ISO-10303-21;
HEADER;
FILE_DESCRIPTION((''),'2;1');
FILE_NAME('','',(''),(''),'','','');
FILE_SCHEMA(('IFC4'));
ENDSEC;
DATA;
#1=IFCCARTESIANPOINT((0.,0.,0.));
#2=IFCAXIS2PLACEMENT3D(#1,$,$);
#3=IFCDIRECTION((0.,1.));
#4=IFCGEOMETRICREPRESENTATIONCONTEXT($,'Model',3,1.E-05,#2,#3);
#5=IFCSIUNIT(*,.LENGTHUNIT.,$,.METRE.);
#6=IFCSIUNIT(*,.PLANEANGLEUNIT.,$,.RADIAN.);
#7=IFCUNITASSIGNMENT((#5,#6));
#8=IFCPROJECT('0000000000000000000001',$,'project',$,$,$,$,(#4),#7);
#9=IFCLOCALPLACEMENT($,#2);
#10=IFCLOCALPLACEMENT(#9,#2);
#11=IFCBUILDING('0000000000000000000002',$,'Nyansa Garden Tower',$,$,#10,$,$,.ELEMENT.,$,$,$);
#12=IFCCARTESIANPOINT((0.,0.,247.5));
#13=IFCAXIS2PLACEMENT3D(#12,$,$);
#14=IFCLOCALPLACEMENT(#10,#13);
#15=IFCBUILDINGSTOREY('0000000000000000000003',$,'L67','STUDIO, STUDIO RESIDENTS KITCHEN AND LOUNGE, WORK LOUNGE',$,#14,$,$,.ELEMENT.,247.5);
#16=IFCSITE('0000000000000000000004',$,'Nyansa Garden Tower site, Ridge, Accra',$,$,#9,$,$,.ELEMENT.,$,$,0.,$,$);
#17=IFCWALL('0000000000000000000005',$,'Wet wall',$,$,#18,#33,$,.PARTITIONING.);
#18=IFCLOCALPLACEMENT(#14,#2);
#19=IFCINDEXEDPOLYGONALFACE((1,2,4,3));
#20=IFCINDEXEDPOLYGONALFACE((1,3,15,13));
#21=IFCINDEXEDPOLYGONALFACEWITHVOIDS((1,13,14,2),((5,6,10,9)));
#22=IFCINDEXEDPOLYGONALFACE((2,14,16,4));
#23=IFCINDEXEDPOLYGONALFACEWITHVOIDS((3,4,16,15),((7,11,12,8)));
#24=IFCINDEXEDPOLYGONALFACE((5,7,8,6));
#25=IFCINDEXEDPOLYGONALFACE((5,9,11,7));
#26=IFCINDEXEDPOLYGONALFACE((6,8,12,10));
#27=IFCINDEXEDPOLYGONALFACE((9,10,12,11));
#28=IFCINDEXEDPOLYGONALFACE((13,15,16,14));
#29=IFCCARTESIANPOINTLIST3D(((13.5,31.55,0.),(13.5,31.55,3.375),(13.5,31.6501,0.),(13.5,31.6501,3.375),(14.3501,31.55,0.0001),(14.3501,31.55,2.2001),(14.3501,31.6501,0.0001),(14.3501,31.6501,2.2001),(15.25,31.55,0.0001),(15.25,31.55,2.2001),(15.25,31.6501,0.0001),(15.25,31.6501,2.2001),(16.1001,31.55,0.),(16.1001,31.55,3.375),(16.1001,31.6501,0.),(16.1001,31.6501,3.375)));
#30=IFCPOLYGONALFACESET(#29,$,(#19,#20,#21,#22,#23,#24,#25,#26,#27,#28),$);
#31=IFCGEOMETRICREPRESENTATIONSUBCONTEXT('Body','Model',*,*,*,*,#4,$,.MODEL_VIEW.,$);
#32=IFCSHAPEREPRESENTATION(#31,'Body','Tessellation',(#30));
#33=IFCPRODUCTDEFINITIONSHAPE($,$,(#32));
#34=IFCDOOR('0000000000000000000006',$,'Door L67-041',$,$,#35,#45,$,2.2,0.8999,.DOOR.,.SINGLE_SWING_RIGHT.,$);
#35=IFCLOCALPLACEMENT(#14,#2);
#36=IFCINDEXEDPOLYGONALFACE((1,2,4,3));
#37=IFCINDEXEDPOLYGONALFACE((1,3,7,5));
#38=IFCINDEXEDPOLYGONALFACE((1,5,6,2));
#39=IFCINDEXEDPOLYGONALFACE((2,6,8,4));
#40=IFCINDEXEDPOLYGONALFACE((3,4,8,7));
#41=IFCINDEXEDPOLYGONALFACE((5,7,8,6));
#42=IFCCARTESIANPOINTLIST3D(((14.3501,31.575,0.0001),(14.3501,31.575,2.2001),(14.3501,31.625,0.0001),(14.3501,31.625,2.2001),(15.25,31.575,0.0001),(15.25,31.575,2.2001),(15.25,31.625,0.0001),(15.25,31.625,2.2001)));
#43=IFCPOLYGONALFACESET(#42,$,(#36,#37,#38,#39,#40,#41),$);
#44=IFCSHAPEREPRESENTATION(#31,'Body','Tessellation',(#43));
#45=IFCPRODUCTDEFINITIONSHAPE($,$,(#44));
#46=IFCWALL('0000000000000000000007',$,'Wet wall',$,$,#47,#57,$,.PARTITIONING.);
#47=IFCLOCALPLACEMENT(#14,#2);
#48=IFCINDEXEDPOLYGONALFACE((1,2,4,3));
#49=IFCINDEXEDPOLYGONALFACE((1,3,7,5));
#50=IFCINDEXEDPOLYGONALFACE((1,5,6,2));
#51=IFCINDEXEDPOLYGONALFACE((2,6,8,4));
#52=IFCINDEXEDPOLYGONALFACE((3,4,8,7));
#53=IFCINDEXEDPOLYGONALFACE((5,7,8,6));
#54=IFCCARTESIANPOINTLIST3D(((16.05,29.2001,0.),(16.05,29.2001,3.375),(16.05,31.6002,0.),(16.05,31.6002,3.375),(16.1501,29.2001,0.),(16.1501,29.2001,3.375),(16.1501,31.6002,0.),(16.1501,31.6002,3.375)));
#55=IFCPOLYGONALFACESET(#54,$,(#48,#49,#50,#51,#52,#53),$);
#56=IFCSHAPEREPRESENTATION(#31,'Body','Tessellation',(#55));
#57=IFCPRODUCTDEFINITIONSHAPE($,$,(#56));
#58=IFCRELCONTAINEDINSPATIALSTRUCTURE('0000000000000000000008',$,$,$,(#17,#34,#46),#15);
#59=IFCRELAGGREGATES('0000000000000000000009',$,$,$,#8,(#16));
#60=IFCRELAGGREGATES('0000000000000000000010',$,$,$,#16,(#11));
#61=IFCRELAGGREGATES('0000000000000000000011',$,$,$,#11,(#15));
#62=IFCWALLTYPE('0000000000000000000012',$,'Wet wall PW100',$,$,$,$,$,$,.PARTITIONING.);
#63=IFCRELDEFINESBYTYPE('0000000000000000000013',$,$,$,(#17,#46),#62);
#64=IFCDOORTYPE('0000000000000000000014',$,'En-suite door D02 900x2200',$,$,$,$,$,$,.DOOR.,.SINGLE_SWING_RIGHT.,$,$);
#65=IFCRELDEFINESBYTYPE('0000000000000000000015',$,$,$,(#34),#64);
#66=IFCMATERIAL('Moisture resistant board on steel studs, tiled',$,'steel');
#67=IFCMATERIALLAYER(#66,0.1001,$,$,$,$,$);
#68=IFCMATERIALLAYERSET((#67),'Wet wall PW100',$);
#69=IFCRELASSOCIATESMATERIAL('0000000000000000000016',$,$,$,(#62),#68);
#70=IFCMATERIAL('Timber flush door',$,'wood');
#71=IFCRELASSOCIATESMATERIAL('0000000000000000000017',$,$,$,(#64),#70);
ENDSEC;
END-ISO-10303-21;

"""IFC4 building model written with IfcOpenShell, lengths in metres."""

from ifc_helpers import new_model, si_unit, direction, frame, frame_2d, origin, place, context, subcontext, project, spatial, rectangle, extrude, material, layer, layer_set, type_object, element, fill, save


model = new_model("IFC4")

# Units and contexts
model_context = context("Model", 3, precision=1e-05, world=origin(), true_north=direction((0.0, 1.0)))
body_context = subcontext(model_context, "Body", "Model", "MODEL_VIEW")
ifc_project = project(units=[si_unit("LENGTHUNIT", "METRE"), si_unit("PLANEANGLEUNIT", "RADIAN")], contexts=[model_context])

# Site, building, storey
site_placement = place(None, origin())
site = spatial("IfcSite", under=ifc_project, at=site_placement, Name="Nyansa Garden Tower site, Ridge, Accra", CompositionType="ELEMENT", RefElevation=0.0)
building_placement = place(site_placement, origin())
building = spatial("IfcBuilding", under=site, at=building_placement, Name="Nyansa Garden Tower", CompositionType="ELEMENT")
storey_placement = place(building_placement, frame((0.0, 0.0, 247.5)))
storey = spatial("IfcBuildingStorey", under=building, at=storey_placement, Name="L67", Description="STUDIO, STUDIO RESIDENTS KITCHEN AND LOUNGE, WORK LOUNGE", CompositionType="ELEMENT", Elevation=247.5)

# Shared definitions
ifc_material_1 = material(Name="Moisture resistant board on steel studs, tiled", Category="steel")
ifc_layer_1 = layer(ifc_material_1, 0.1001)
ifc_layer_set_1 = layer_set([ifc_layer_1], Name="Wet wall PW100")
wall_type_1 = type_object("IfcWallType", Name="Wet wall PW100", PredefinedType="PARTITIONING", material=ifc_layer_set_1)

# Wall, opening, door
ifc_material_2 = material(Name="Timber flush door", Category="wood")
door_type_1 = type_object("IfcDoorType", Name="En-suite door D02 900x2200", OperationType="SINGLE_SWING_RIGHT", PredefinedType="DOOR", material=ifc_material_2)
wall_1_placement = place(storey_placement, frame((13.5, 31.6001, 0.0), z_axis=(0.0, 0.0, 1.0), x_axis=(1.0, 0.0, 0.0)))
wall_1 = element("IfcWall", 1, at=wall_1_placement, inside=storey, type_object=wall_type_1, Name="Wet wall", PredefinedType="PARTITIONING", context=body_context, shape_type="SweptSolid", body=[
    extrude(rectangle(XDim=2.6001, YDim=0.1001, at=frame_2d((1.3, 0.0))), origin(), (0.0, 0.0, 1.0), 3.375),
])
opening_1_placement = place(wall_1_placement, frame((0.8501, 0.0, 0.0)))
opening_1 = element("IfcOpeningElement", 2, at=opening_1_placement, cuts=wall_1, PredefinedType="OPENING", context=body_context, shape_type="SweptSolid", body=[
    extrude(rectangle(XDim=0.8999, YDim=2.2, at=frame_2d((0.45, 1.1001))), frame((0.0, 0.0601, 0.0), z_axis=(0.0, -1.0, 0.0), x_axis=(1.0, 0.0, 0.0)), (0.0, 0.0, 1.0), 0.1201),
])
door_1_placement = place(opening_1_placement, origin())
door_1 = element("IfcDoor", 3, at=door_1_placement, inside=storey, type_object=door_type_1, Name="Door L67-041", OperationType="SINGLE_SWING_RIGHT", OverallHeight=2.2, OverallWidth=0.8999, PredefinedType="DOOR", context=body_context, shape_type="SweptSolid", body=[
    extrude(rectangle(XDim=0.8999, YDim=2.2, at=frame_2d((0.45, 1.1001))), frame((0.0, 0.0249, 0.0), z_axis=(0.0, -1.0, 0.0), x_axis=(1.0, 0.0, 0.0)), (0.0, 0.0, 1.0), 0.05),
])
fill(opening_1, door_1)

# Wall
wall_2_placement = place(storey_placement, frame((16.1001, 29.2, 0.0), z_axis=(0.0, 0.0, 1.0), x_axis=(0.0, 1.0, 0.0)))
element("IfcWall", 4, at=wall_2_placement, inside=storey, type_object=wall_type_1, Name="Wet wall", PredefinedType="PARTITIONING", context=body_context, shape_type="SweptSolid", body=[
    extrude(rectangle(XDim=2.4001, YDim=0.1001, at=frame_2d((1.2002, 0.0))), origin(), (0.0, 0.0, 1.0), 3.375),
])

save(model, "model.ifc")
